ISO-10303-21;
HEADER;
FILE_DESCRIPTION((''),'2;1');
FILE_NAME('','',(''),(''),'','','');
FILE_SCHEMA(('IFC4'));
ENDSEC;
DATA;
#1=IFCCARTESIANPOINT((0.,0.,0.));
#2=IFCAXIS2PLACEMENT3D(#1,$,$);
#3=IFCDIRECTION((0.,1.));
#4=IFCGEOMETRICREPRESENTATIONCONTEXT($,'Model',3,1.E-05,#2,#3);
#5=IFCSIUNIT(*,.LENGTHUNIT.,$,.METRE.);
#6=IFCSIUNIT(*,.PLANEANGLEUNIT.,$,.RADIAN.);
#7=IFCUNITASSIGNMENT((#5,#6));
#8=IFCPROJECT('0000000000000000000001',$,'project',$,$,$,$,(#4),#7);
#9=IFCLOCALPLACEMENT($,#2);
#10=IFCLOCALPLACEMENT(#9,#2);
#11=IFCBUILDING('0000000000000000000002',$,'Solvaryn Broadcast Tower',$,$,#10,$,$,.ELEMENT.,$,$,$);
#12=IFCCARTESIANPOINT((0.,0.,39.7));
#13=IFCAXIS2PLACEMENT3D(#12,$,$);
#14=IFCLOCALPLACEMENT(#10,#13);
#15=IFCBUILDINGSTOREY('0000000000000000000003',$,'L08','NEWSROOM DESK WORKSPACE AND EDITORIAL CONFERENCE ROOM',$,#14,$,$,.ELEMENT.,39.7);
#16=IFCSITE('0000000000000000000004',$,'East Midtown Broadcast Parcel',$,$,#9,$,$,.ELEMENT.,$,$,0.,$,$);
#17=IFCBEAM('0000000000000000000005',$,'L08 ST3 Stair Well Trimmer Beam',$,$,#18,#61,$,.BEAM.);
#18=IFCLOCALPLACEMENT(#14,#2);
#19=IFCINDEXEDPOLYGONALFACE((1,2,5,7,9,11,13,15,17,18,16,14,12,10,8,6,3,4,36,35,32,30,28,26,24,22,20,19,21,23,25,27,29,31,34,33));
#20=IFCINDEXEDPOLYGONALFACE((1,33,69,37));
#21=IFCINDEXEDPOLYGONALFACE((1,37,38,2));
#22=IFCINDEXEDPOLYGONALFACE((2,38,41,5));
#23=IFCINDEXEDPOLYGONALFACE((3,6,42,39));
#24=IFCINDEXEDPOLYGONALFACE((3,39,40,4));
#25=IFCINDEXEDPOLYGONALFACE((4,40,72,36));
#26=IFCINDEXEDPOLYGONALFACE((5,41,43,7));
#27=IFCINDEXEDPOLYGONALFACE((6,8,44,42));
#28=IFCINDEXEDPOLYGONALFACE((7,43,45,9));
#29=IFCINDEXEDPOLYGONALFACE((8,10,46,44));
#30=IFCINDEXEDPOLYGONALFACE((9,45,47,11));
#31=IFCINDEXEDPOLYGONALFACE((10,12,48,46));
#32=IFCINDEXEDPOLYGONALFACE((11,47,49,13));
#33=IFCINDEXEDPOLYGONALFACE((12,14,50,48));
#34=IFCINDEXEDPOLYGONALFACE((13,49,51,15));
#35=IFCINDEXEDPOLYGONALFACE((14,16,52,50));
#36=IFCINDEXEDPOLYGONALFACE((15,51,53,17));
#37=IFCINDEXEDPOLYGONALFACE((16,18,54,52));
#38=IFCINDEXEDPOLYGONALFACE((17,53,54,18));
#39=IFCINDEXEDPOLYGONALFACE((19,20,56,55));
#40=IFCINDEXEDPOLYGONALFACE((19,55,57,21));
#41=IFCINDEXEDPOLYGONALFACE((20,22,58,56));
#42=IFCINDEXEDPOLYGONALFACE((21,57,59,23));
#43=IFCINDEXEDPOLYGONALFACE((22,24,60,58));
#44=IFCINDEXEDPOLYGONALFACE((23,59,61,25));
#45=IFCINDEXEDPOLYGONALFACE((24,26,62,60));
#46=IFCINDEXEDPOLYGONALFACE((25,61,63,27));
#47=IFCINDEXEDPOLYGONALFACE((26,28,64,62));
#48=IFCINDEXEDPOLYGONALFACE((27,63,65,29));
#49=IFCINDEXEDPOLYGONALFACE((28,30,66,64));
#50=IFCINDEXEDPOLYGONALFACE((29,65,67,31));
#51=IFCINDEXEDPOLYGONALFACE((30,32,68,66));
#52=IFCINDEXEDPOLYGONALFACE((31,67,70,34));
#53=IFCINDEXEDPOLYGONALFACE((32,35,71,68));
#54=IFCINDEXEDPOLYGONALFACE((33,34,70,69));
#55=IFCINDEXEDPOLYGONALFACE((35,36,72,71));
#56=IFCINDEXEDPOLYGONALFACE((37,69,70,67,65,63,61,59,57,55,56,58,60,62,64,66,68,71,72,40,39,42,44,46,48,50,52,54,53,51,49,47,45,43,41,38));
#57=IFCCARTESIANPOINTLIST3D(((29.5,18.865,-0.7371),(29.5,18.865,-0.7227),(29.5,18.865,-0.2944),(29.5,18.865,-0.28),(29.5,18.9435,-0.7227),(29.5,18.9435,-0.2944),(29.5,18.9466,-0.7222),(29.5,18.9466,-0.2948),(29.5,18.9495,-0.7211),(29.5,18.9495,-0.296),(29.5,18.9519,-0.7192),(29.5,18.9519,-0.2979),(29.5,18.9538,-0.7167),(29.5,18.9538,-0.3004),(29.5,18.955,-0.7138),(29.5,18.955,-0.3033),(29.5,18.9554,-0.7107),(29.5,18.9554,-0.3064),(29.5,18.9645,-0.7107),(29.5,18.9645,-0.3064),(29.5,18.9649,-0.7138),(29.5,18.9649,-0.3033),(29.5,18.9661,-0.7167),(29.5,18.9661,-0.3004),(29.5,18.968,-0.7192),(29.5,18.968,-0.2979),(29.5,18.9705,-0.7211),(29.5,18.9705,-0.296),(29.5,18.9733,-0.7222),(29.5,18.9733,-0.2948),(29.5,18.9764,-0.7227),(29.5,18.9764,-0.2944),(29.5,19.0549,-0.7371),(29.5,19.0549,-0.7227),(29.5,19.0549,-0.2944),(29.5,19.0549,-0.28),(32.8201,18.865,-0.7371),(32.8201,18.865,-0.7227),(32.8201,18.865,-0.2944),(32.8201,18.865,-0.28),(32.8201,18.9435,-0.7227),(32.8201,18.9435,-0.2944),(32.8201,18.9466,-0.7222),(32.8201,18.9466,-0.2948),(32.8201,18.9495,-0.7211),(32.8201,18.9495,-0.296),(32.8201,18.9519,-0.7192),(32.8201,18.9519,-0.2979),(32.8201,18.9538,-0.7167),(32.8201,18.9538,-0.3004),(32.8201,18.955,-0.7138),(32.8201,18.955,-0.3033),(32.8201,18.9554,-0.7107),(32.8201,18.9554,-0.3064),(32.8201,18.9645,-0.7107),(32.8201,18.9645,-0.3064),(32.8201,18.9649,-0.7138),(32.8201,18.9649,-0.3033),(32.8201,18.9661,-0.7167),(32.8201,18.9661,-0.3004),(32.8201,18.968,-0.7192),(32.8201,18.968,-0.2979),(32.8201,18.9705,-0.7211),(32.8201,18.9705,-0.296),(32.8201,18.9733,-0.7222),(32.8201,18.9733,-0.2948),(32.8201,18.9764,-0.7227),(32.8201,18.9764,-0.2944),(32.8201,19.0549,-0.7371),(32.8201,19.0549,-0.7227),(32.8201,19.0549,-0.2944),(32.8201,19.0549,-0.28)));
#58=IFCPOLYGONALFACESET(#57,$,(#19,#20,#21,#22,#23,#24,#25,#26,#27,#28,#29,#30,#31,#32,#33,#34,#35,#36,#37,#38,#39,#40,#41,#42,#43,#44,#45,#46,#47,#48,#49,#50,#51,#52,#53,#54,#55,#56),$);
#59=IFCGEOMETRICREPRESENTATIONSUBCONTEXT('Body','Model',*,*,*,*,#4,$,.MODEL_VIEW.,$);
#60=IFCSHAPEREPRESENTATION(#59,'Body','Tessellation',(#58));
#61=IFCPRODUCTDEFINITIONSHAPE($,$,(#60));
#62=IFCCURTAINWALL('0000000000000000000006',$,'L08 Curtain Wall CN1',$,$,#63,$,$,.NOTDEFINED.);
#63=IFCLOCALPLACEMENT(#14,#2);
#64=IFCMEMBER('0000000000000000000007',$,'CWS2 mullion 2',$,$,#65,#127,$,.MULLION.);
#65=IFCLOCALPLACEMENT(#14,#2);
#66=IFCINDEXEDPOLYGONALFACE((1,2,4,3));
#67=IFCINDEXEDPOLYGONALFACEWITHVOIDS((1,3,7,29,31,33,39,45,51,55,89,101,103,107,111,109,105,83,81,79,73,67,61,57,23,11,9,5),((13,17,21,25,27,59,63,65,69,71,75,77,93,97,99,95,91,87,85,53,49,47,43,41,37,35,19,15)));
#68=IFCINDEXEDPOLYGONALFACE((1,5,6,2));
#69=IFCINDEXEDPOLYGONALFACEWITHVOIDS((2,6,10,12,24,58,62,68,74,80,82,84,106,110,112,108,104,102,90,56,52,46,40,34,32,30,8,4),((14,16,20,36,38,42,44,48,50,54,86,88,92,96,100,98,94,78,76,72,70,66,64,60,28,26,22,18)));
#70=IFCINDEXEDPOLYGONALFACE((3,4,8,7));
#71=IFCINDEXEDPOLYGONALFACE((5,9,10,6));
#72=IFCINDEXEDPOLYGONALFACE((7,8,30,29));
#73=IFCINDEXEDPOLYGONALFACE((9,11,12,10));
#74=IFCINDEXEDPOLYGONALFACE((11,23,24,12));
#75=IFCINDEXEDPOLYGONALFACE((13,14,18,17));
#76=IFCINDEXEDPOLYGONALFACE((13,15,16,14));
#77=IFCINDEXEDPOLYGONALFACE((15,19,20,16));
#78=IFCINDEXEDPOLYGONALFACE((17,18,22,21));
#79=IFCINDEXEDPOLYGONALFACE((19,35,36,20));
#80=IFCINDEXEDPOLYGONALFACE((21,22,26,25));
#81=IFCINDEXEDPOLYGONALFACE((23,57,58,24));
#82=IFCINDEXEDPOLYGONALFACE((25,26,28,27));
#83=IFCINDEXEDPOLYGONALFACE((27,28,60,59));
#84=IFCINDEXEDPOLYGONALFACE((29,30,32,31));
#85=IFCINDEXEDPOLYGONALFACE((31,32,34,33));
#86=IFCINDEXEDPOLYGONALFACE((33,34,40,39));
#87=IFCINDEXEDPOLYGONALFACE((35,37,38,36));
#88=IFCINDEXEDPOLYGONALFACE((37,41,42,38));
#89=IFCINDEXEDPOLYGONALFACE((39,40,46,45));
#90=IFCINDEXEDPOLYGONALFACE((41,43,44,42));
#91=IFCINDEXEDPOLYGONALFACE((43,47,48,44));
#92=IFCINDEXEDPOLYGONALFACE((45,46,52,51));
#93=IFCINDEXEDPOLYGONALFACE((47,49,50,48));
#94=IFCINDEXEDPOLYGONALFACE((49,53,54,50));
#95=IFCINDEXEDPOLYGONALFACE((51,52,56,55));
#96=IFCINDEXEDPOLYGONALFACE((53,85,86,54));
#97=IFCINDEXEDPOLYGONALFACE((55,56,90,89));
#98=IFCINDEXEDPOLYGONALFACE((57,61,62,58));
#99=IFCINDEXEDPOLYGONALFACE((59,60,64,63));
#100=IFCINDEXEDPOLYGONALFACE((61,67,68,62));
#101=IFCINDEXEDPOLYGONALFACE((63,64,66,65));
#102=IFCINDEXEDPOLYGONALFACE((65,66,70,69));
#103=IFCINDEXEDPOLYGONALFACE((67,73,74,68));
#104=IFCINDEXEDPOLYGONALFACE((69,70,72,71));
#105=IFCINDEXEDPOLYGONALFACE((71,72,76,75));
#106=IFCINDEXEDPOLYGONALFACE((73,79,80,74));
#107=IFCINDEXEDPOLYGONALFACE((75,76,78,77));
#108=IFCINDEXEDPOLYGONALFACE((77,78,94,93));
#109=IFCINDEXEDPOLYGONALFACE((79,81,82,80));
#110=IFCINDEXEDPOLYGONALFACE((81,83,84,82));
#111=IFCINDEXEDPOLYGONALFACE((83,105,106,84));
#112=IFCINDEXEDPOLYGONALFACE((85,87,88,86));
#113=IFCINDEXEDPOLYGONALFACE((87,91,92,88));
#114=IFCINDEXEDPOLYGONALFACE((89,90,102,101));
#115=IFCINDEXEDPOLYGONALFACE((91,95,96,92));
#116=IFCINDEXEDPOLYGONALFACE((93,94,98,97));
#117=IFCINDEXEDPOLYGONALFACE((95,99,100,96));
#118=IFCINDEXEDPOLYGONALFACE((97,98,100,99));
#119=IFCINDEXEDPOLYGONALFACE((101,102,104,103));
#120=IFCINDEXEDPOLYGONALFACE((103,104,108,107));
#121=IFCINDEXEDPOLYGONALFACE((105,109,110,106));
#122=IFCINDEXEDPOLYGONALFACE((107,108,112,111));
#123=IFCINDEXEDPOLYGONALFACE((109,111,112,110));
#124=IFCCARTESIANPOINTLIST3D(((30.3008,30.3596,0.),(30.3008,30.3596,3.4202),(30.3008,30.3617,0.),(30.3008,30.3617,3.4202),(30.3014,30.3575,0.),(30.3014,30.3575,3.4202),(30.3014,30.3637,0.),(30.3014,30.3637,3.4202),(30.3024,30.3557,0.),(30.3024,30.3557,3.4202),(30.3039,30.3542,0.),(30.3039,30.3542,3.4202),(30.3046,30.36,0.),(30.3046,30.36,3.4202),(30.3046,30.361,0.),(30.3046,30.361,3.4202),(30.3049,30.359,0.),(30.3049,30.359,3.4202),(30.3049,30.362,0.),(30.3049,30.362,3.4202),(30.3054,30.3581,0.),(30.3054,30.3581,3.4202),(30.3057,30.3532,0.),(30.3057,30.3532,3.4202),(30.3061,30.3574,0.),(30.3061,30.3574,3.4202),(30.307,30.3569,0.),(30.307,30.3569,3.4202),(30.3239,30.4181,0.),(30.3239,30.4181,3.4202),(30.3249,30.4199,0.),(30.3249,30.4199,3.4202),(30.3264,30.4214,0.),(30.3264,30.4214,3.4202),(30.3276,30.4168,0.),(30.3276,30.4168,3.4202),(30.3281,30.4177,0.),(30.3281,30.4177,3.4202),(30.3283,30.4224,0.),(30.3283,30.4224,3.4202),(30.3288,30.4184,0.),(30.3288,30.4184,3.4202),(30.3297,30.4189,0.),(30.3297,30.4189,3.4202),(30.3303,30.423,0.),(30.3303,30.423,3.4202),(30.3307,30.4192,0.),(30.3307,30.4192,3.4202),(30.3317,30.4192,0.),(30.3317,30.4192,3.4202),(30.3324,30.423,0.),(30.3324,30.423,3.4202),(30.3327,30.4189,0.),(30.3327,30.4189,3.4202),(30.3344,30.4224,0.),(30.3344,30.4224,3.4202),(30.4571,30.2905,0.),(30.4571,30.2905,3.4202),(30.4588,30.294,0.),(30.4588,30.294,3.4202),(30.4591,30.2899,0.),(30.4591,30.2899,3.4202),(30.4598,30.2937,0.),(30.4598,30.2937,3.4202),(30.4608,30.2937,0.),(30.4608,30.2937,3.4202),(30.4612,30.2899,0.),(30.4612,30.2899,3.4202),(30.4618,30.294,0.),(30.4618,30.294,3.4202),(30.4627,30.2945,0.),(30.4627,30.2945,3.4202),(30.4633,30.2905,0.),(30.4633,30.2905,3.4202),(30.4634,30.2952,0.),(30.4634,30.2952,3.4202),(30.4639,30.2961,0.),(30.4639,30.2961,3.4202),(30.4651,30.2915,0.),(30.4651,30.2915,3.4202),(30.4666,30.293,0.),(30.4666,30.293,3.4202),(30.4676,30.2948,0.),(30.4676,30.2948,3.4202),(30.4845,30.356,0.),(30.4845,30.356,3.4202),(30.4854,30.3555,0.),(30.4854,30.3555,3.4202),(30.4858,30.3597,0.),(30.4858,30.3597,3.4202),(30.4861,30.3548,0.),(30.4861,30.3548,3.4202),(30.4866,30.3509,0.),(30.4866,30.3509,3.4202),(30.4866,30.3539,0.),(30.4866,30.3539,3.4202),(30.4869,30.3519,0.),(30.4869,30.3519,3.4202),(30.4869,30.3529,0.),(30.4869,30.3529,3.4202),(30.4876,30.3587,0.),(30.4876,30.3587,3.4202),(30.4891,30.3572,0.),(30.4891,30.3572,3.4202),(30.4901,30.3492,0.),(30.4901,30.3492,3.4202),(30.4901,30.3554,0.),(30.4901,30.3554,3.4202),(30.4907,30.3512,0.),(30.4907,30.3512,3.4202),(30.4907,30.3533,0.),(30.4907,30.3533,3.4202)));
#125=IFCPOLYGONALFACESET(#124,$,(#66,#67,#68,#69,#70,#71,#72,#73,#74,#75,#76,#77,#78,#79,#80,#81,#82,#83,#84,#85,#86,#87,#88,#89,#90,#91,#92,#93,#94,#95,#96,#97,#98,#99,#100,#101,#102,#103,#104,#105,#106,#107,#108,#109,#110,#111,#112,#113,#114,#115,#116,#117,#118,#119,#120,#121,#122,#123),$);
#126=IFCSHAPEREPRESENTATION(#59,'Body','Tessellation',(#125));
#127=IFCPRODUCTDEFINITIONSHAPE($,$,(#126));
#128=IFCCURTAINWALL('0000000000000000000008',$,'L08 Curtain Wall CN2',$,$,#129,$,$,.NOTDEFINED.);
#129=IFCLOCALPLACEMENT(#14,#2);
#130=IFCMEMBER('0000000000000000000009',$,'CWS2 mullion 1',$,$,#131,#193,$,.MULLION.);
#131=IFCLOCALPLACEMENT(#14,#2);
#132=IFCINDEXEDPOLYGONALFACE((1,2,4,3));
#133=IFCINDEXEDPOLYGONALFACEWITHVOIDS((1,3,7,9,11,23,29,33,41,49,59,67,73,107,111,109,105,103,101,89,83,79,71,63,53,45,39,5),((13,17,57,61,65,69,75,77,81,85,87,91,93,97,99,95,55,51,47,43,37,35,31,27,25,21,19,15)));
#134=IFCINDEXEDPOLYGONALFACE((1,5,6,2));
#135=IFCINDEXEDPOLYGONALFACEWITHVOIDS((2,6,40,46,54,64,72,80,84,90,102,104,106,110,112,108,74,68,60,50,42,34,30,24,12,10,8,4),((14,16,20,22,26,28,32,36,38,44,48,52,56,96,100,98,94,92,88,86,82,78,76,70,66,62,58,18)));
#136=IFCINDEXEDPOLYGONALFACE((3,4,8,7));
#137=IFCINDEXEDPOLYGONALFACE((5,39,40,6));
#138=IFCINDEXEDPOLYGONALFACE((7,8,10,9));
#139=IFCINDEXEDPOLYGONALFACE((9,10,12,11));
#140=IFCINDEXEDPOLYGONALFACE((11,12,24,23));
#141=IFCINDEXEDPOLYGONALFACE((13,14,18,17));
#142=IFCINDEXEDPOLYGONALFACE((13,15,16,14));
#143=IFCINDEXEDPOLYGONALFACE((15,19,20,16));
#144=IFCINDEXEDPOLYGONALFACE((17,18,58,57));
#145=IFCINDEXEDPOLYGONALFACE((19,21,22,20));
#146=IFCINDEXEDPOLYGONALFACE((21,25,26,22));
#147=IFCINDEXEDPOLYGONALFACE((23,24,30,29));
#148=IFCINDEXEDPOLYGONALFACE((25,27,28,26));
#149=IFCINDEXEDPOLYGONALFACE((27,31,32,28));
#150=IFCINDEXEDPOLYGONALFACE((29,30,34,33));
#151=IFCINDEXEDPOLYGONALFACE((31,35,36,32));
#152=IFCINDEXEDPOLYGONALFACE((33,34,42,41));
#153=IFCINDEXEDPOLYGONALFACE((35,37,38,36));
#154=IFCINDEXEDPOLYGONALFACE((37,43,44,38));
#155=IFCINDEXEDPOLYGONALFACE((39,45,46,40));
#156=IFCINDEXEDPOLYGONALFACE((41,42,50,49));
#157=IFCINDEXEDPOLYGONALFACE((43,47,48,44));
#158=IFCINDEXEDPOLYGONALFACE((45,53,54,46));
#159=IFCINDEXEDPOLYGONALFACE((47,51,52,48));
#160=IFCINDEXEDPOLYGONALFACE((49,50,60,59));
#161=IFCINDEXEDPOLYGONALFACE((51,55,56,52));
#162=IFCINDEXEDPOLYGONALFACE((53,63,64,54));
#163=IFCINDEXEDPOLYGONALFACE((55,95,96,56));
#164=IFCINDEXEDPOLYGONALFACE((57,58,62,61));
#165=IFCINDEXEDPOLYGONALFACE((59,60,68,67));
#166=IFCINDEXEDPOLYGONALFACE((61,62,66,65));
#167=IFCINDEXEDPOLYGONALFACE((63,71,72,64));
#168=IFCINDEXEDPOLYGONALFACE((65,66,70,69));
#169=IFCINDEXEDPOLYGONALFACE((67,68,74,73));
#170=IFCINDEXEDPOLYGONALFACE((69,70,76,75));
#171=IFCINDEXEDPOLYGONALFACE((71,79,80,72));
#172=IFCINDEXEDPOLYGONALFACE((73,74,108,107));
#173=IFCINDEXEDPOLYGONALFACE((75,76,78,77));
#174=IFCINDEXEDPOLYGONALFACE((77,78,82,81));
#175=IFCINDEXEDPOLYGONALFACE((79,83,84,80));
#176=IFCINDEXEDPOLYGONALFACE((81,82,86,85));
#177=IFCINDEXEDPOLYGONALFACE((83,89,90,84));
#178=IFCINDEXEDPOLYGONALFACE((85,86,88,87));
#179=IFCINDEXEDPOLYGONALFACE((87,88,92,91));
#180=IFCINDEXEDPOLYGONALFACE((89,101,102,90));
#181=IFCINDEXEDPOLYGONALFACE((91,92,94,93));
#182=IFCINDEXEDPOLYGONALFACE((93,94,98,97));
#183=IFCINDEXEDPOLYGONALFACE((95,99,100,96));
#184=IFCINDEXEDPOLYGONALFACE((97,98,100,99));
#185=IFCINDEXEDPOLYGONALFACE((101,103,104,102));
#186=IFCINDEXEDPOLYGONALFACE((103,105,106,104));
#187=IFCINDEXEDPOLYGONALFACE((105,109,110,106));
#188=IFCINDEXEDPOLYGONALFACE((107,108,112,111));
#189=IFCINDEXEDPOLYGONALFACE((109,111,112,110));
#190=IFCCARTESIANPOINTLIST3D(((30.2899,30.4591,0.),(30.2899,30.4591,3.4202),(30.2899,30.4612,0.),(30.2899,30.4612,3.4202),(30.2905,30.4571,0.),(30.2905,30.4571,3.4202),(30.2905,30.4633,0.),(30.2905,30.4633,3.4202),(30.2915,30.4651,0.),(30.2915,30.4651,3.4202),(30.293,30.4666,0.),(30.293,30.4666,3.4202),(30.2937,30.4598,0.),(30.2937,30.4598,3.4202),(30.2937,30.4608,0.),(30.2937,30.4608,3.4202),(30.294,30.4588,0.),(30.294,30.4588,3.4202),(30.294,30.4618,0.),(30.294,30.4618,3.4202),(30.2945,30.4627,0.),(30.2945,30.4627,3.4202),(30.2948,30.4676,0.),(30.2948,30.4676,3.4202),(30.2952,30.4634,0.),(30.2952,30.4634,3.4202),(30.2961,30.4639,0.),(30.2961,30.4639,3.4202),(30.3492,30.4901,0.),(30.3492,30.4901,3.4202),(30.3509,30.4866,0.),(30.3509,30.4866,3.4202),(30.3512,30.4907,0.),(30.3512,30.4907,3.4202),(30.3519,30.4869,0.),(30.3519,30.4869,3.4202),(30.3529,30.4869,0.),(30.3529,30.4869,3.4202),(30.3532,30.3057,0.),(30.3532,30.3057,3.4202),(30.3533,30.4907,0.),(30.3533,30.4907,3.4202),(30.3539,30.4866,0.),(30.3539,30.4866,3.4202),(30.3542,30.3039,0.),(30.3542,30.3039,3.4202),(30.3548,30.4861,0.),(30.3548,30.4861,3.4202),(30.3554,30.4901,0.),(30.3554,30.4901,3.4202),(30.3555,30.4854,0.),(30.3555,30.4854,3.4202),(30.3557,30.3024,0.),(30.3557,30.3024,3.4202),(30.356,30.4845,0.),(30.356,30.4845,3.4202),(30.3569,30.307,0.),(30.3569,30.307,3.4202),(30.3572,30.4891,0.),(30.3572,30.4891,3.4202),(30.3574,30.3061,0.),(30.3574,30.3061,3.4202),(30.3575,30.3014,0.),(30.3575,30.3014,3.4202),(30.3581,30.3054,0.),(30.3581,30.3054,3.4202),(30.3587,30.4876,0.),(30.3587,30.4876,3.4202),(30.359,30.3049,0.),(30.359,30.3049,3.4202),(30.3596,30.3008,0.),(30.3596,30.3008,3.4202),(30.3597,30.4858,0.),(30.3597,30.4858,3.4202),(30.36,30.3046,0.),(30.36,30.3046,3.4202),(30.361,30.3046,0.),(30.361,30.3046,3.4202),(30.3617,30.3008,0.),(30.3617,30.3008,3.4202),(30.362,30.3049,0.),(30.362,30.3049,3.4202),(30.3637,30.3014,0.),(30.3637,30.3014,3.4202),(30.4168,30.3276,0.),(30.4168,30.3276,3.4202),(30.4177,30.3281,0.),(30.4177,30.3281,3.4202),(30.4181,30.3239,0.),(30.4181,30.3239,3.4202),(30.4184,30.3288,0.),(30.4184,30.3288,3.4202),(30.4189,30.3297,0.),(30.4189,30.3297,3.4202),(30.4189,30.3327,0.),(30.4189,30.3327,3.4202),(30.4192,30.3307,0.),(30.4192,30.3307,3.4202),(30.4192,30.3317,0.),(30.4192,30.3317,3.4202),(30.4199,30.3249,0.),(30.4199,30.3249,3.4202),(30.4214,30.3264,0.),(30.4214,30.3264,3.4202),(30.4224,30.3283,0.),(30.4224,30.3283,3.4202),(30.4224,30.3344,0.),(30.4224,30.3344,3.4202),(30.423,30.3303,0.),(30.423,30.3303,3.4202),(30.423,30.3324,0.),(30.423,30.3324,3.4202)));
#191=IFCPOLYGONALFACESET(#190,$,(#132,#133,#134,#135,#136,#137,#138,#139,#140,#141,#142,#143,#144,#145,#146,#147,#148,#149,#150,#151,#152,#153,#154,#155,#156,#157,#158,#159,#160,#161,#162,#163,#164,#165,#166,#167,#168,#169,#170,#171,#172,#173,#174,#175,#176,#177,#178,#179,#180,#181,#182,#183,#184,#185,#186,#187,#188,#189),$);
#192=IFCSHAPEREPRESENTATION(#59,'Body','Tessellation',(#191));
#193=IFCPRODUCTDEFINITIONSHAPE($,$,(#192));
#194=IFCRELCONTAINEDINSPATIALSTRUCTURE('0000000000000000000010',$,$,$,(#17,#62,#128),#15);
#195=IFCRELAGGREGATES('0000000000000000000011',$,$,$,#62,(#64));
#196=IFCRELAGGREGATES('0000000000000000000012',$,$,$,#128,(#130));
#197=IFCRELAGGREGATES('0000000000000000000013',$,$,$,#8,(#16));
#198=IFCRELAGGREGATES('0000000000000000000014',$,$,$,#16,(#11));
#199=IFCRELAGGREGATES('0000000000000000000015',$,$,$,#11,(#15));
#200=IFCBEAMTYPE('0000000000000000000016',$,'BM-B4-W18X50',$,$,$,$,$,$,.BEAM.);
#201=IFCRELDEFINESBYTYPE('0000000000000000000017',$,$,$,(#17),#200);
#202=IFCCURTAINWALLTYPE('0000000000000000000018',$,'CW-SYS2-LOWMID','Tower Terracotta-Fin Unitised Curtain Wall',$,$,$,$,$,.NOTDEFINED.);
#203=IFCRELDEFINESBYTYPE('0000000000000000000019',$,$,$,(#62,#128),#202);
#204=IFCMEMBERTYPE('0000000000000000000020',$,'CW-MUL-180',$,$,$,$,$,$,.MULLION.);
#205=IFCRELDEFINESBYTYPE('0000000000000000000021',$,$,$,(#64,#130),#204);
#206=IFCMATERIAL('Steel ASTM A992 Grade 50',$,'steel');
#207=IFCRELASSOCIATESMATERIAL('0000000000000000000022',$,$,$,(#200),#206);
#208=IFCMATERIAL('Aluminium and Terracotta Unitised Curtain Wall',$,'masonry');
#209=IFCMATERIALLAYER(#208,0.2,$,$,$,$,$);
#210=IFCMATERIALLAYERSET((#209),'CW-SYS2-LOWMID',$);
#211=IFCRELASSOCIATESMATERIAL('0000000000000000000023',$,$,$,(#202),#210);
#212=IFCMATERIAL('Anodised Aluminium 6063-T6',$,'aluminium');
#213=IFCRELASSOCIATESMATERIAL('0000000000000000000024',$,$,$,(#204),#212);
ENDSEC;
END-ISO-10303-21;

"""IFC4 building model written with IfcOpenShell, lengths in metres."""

from ifc_helpers import new_model, si_unit, direction, frame, origin, origin_2d, place, context, subcontext, project, spatial, hollow_rectangle, i_section, extrude, material, layer, layer_set, material_profile, profile_set, type_object, element, aggregate, save


model = new_model("IFC4")

# Units and contexts
model_context = context("Model", 3, precision=1e-05, world=origin(), true_north=direction((0.0, 1.0)))
body_context = subcontext(model_context, "Body", "Model", "MODEL_VIEW")
ifc_project = project(units=[si_unit("LENGTHUNIT", "METRE"), si_unit("PLANEANGLEUNIT", "RADIAN")], contexts=[model_context])

# Site, building, storey
site_placement = place(None, origin())
site = spatial("IfcSite", under=ifc_project, at=site_placement, Name="East Midtown Broadcast Parcel", CompositionType="ELEMENT", RefElevation=0.0)
building_placement = place(site_placement, origin())
building = spatial("IfcBuilding", under=site, at=building_placement, Name="Solvaryn Broadcast Tower", CompositionType="ELEMENT")
storey_placement = place(building_placement, frame((0.0, 0.0, 39.7)))
storey = spatial("IfcBuildingStorey", under=building, at=storey_placement, Name="L08", Description="NEWSROOM DESK WORKSPACE AND EDITORIAL CONFERENCE ROOM", CompositionType="ELEMENT", Elevation=39.7)

# Beam
ifc_material_1 = material(Name="Steel ASTM A992 Grade 50", Category="steel")
ifc_material_profile_1 = material_profile(ifc_material_1, i_section(OverallWidth=0.1899, OverallDepth=0.457, WebThickness=0.009, FlangeThickness=0.0144, FilletRadius=0.012, at=origin_2d()))
ifc_profile_set_1 = profile_set([ifc_material_profile_1], Name="Steel ASTM A992 Grade 50")
beam_type_1 = type_object("IfcBeamType", Name="BM-B4-W18X50", PredefinedType="BEAM", material=ifc_profile_set_1)
beam_1_placement = place(storey_placement, frame((29.5, 18.96, -0.5085), z_axis=(1.0, 0.0, 0.0), x_axis=(0.0, 1.0, 0.0)))
element("IfcBeam", 1, at=beam_1_placement, inside=storey, type_object=beam_type_1, Name="L08 ST3 Stair Well Trimmer Beam", PredefinedType="BEAM", context=body_context, shape_type="SweptSolid", body=[
    extrude(i_section(OverallWidth=0.1899, OverallDepth=0.457, WebThickness=0.009, FlangeThickness=0.0144, FilletRadius=0.012, at=origin_2d()), origin(), (0.0, 0.0, 1.0), 3.3201),
])

# Curtain wall, member
ifc_material_2 = material(Name="Aluminium and Terracotta Unitised Curtain Wall", Category="masonry")
ifc_layer_1 = layer(ifc_material_2, 0.2)
ifc_layer_set_1 = layer_set([ifc_layer_1], Name="CW-SYS2-LOWMID")
curtain_wall_type = type_object("IfcCurtainWallType", Name="CW-SYS2-LOWMID", Description="Tower Terracotta-Fin Unitised Curtain Wall", PredefinedType="NOTDEFINED", material=ifc_layer_set_1)
curtain_wall_1_placement = place(storey_placement, origin())
curtain_wall_1 = element("IfcCurtainWall", 2, at=curtain_wall_1_placement, inside=storey, type_object=curtain_wall_type, Name="L08 Curtain Wall CN1", PredefinedType="NOTDEFINED")
ifc_material_3 = material(Name="Anodised Aluminium 6063-T6", Category="aluminium")
ifc_material_profile_2 = material_profile(ifc_material_3, hollow_rectangle(XDim=0.075, YDim=0.1799, WallThickness=0.0039, InnerFilletRadius=0.0039, OuterFilletRadius=0.0081, at=origin_2d()))
ifc_profile_set_2 = profile_set([ifc_material_profile_2], Name="Anodised Aluminium 6063-T6")
member_type_1 = type_object("IfcMemberType", Name="CW-MUL-180", PredefinedType="MULLION", material=ifc_profile_set_2)
member_1_placement = place(storey_placement, frame((30.3958, 30.3564, 0.0), z_axis=(0.0, 0.0, 1.0), x_axis=(-0.382646, -0.923895, 0.0)))
member_1 = element("IfcMember", 3, at=member_1_placement, type_object=member_type_1, Name="CWS2 mullion 2", PredefinedType="MULLION", context=body_context, shape_type="SweptSolid", body=[
    extrude(hollow_rectangle(XDim=0.075, YDim=0.1799, WallThickness=0.0039, InnerFilletRadius=0.0039, OuterFilletRadius=0.0081, at=origin_2d()), origin(), (0.0, 0.0, 1.0), 3.4202),
])

# Curtain wall, member
curtain_wall_2_placement = place(storey_placement, origin())
curtain_wall_2 = element("IfcCurtainWall", 4, at=curtain_wall_2_placement, inside=storey, type_object=curtain_wall_type, Name="L08 Curtain Wall CN2", PredefinedType="NOTDEFINED")
member_2_placement = place(storey_placement, frame((30.3564, 30.3958, 0.0), z_axis=(0.0, 0.0, 1.0), x_axis=(-0.923895, -0.382646, 0.0)))
member_2 = element("IfcMember", 5, at=member_2_placement, type_object=member_type_1, Name="CWS2 mullion 1", PredefinedType="MULLION", context=body_context, shape_type="SweptSolid", body=[
    extrude(hollow_rectangle(XDim=0.075, YDim=0.1799, WallThickness=0.0039, InnerFilletRadius=0.0039, OuterFilletRadius=0.0081, at=origin_2d()), origin(), (0.0, 0.0, 1.0), 3.4202),
])

aggregate(curtain_wall_1, [member_1])
aggregate(curtain_wall_2, [member_2])

save(model, "model.ifc")
